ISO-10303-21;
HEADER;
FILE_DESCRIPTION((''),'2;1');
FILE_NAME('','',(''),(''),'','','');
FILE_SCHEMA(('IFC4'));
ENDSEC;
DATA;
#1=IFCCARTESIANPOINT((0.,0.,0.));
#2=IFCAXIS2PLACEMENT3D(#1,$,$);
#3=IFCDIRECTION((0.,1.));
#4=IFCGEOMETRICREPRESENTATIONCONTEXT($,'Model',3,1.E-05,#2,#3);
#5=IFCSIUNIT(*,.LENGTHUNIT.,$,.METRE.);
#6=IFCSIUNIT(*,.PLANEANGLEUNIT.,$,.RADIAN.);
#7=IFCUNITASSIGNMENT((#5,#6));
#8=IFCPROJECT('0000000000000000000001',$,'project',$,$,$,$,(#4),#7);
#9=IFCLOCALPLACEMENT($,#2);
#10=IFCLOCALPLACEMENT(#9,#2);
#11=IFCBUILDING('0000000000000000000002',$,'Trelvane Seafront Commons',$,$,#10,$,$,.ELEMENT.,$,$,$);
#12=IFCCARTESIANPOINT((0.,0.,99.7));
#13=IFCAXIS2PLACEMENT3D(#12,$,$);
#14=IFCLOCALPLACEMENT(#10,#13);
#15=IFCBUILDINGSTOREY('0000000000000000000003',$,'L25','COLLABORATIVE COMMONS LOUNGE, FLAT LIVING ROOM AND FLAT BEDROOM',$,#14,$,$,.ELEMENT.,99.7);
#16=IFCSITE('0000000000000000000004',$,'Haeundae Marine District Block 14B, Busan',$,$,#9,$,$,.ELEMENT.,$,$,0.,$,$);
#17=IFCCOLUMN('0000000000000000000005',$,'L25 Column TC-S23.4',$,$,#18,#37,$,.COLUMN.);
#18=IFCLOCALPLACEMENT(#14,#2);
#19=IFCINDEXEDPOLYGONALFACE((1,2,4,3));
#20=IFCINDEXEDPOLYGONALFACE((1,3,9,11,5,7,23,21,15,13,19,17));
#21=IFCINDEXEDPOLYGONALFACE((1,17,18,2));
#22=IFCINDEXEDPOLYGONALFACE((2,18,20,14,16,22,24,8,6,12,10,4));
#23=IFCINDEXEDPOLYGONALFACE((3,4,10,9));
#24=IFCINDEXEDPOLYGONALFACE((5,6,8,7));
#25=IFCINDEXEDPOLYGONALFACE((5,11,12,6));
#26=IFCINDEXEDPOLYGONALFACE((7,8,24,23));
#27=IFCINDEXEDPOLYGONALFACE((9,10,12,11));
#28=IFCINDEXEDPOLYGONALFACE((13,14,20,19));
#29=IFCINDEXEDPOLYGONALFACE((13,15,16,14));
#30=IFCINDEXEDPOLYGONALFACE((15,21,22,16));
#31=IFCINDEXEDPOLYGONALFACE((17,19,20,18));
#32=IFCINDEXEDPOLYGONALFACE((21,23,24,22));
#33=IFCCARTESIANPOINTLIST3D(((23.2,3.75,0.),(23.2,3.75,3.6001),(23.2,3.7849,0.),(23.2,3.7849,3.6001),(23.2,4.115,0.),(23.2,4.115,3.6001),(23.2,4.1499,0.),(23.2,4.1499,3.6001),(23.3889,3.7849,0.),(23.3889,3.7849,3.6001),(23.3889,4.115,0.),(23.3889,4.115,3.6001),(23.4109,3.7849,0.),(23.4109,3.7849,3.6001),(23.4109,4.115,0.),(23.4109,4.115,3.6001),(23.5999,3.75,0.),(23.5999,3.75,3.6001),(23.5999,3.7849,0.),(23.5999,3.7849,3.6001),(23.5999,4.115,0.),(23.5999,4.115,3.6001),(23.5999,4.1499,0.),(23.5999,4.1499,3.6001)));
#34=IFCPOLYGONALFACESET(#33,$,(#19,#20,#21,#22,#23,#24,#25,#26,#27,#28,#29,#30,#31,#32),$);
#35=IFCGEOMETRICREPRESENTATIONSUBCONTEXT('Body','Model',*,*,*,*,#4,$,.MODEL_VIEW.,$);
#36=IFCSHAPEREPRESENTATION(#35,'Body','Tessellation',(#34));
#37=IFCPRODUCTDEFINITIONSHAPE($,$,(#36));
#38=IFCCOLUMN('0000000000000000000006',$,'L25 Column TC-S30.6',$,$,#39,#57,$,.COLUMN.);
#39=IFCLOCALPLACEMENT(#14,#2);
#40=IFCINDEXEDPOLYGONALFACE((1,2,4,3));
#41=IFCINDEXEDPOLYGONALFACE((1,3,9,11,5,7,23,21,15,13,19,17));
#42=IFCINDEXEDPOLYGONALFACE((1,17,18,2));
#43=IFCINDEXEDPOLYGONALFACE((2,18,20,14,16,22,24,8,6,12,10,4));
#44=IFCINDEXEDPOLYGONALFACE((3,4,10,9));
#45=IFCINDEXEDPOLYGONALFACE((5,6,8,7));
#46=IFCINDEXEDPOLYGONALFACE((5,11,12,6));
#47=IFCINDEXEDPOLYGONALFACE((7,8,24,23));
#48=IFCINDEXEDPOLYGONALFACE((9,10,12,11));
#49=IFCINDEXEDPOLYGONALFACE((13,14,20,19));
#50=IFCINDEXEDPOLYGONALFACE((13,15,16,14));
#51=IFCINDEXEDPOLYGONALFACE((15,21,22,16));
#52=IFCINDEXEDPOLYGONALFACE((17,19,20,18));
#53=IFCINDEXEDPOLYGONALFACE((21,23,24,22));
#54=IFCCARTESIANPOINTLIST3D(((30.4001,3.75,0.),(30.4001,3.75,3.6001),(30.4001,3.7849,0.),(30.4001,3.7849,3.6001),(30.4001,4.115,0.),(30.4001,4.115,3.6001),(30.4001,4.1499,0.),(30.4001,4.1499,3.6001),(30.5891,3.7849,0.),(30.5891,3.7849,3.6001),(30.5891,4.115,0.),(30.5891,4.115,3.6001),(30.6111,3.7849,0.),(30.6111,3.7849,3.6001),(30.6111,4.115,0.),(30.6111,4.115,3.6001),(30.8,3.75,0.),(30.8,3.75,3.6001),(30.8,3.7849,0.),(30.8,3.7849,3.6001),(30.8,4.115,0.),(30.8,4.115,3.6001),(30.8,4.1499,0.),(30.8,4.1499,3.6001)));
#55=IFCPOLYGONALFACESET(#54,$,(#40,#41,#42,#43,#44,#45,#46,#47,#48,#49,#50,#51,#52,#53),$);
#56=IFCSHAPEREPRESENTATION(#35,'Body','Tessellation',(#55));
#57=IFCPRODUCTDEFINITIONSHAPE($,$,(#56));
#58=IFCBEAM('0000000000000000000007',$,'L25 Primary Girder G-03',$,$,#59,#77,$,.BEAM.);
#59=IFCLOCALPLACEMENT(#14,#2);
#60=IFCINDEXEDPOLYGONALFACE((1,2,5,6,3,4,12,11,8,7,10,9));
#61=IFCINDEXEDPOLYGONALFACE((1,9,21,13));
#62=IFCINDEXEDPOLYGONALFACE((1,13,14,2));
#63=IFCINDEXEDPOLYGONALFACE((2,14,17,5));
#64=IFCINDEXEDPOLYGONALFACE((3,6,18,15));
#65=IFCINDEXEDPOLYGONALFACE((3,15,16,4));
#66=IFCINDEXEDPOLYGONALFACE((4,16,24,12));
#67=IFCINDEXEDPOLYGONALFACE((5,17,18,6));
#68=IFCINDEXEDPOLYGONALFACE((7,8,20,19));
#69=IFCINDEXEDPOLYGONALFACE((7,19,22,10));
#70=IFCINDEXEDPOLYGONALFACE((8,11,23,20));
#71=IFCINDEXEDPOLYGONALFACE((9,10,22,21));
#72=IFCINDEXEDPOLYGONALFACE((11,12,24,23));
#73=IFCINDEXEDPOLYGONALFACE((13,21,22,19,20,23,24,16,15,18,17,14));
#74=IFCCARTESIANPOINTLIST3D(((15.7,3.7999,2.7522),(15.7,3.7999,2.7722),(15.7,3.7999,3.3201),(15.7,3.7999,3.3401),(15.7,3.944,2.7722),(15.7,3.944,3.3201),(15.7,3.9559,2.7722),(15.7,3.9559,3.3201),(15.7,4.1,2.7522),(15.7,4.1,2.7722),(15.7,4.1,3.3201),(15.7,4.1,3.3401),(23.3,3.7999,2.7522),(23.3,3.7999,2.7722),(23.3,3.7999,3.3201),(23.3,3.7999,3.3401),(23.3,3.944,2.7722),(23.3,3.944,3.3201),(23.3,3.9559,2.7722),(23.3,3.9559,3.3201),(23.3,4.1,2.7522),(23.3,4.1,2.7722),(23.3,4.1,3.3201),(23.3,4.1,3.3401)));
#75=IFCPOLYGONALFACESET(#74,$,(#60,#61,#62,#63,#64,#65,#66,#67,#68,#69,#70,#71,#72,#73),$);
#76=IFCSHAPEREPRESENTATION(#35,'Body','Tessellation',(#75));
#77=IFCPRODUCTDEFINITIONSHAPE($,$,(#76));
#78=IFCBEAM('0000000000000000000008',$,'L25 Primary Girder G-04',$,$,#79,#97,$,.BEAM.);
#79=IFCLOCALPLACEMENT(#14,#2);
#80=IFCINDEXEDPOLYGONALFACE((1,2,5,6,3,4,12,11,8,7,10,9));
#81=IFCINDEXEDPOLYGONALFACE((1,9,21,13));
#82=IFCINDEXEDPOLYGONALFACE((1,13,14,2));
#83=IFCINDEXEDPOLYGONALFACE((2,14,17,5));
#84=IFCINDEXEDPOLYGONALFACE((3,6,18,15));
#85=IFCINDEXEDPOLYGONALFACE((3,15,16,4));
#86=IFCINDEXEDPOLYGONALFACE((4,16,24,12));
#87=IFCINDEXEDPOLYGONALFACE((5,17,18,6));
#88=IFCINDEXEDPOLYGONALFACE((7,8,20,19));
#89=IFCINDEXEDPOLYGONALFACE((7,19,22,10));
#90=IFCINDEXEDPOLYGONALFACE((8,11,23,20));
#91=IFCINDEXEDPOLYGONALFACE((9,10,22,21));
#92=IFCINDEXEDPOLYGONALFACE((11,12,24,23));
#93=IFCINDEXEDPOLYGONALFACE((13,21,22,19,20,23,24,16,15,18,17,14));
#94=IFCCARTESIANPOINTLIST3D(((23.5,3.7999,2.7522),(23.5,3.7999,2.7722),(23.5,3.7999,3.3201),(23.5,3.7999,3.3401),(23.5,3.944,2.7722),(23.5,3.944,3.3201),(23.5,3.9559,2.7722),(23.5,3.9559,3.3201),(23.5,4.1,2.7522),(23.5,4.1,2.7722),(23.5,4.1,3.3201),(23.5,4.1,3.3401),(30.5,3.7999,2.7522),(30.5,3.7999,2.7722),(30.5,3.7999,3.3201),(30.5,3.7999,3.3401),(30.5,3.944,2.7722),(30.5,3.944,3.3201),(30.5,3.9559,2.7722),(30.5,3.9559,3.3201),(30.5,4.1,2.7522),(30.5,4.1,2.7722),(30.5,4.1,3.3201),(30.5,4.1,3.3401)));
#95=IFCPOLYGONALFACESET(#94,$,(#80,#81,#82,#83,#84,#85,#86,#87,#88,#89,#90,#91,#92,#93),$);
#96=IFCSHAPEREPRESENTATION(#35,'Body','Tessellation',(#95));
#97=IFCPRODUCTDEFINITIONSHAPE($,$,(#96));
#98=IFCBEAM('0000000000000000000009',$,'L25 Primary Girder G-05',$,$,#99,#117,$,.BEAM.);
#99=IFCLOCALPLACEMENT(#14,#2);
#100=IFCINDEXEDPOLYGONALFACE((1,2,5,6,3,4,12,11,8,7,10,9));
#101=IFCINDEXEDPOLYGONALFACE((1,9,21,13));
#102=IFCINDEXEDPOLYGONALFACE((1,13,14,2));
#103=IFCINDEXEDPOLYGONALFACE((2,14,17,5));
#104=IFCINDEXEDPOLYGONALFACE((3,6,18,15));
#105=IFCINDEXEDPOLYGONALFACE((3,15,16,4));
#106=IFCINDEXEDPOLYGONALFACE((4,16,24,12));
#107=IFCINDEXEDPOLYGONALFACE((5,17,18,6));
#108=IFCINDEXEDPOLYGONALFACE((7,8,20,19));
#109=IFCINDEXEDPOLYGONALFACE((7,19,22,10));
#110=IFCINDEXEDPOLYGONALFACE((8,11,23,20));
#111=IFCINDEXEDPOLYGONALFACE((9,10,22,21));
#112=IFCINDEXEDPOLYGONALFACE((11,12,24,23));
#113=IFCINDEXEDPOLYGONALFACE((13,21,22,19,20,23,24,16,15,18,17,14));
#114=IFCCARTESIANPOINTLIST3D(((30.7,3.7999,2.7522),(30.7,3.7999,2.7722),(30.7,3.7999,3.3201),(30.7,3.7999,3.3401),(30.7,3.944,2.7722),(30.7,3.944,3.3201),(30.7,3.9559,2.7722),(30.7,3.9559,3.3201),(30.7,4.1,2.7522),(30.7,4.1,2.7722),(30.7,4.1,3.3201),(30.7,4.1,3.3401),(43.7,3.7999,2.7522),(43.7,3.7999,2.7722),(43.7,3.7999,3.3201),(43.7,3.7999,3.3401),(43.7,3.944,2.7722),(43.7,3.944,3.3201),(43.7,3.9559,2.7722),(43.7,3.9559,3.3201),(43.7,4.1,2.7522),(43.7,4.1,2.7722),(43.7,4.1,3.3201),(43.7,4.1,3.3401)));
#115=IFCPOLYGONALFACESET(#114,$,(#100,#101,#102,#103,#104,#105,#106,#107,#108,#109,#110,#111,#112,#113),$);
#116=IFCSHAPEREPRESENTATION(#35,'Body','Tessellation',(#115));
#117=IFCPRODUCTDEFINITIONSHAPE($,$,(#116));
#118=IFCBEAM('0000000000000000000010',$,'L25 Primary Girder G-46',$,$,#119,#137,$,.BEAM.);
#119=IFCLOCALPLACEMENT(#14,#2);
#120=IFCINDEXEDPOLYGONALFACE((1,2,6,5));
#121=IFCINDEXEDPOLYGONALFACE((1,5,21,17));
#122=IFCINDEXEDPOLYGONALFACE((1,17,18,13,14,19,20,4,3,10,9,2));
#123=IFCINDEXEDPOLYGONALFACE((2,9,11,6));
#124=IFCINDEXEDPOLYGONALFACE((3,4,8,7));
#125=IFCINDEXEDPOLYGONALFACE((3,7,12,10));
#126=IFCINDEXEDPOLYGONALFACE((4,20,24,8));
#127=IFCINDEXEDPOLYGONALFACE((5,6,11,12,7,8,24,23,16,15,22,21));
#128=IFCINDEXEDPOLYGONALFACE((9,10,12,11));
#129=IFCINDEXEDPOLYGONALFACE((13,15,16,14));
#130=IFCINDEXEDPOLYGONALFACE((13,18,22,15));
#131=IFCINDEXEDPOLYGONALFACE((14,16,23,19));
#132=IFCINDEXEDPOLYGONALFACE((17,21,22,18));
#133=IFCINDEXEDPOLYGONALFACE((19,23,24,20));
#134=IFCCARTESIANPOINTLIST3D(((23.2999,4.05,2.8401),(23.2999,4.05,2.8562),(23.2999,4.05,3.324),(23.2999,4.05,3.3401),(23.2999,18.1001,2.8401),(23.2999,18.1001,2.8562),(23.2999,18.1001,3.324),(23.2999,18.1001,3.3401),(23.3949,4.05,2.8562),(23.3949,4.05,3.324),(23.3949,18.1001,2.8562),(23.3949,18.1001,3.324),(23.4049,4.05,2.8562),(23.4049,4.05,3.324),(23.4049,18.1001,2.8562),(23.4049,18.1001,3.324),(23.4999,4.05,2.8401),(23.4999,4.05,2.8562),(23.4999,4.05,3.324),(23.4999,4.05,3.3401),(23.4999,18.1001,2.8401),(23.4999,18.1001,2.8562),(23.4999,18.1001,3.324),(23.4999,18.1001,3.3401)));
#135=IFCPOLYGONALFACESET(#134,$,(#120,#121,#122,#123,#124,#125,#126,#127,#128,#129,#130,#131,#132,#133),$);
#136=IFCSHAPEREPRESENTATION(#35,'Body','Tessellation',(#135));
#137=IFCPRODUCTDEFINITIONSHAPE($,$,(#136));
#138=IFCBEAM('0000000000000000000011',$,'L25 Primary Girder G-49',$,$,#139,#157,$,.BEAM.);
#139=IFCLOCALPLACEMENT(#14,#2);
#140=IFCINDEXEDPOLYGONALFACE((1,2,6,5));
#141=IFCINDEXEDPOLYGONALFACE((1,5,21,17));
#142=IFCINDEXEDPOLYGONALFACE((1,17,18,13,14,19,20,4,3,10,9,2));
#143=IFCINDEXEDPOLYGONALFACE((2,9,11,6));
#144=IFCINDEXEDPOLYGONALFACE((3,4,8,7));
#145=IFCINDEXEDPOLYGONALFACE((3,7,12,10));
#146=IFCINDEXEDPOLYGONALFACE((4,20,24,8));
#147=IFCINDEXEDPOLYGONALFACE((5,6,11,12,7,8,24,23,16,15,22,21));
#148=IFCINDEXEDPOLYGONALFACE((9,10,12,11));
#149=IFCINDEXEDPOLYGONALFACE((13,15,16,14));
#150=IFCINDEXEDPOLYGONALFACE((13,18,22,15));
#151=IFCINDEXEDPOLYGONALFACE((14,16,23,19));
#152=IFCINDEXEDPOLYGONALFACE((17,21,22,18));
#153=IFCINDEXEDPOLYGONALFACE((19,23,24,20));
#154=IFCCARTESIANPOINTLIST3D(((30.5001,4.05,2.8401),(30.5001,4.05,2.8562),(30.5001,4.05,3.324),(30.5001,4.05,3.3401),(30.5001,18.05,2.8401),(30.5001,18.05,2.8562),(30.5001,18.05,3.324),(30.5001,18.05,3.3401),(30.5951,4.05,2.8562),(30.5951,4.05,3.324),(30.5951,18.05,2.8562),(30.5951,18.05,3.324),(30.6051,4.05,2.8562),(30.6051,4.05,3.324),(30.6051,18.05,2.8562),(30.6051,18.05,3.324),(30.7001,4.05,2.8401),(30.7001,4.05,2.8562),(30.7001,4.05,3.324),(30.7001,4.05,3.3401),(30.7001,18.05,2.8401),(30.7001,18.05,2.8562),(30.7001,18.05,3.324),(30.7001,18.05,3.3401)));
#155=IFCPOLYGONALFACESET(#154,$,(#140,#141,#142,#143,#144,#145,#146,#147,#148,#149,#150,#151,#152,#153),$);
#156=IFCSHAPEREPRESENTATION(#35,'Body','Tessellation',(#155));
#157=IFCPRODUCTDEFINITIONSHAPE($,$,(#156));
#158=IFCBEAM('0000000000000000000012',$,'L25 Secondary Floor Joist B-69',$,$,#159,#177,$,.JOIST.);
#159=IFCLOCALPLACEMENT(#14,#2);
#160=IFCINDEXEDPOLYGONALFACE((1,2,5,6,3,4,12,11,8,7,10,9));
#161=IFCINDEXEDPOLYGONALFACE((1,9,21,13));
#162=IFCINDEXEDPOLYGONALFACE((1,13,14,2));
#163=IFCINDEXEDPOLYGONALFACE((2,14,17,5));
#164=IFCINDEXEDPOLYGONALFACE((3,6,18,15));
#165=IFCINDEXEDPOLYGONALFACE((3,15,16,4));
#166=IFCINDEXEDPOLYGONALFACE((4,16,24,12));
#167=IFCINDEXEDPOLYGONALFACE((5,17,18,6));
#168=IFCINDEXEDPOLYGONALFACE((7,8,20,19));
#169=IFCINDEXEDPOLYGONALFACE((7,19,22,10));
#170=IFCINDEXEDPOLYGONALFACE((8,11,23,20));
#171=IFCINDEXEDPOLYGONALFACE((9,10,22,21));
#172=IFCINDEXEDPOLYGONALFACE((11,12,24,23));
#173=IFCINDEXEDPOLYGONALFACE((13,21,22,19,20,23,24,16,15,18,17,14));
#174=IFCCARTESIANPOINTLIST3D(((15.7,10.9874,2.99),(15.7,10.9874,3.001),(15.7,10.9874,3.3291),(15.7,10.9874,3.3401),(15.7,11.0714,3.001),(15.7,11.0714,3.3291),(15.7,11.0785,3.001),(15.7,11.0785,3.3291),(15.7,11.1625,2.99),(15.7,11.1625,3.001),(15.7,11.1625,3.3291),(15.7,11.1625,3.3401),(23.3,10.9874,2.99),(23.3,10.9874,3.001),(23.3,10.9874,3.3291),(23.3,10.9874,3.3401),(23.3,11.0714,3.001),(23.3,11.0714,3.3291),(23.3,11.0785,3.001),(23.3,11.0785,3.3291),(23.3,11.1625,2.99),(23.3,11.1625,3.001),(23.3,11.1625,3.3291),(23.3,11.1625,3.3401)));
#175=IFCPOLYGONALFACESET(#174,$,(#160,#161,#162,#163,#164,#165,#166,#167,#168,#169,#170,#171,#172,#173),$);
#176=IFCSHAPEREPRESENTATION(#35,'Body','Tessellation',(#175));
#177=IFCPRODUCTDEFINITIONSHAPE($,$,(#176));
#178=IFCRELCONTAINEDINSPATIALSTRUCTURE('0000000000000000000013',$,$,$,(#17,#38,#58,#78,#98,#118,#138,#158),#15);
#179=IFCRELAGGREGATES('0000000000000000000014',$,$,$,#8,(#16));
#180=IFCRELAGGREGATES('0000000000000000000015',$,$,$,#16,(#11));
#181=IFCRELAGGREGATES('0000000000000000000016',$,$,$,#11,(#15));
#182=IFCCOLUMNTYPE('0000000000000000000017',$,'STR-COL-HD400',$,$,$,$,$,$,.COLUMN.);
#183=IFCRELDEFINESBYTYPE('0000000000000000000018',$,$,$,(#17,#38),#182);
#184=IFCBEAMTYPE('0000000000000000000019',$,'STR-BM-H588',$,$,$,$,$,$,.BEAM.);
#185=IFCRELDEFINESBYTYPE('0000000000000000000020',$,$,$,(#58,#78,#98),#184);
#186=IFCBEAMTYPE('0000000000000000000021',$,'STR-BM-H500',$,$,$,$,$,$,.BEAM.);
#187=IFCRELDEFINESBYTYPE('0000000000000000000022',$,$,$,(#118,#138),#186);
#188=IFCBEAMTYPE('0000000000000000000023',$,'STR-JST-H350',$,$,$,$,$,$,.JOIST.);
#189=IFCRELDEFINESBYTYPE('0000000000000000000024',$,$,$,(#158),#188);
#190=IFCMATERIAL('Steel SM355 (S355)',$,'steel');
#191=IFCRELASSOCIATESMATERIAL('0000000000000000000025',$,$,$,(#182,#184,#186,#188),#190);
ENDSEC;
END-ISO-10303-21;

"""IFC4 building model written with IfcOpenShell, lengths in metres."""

from ifc_helpers import new_model, si_unit, direction, frame, origin, origin_2d, place, context, subcontext, project, spatial, i_section, extrude, source, transform, mapped, material, material_profile, profile_set, type_object, element, save


model = new_model("IFC4")

# Units and contexts
model_context = context("Model", 3, precision=1e-05, world=origin(), true_north=direction((0.0, 1.0)))
body_context = subcontext(model_context, "Body", "Model", "MODEL_VIEW")
ifc_project = project(units=[si_unit("LENGTHUNIT", "METRE"), si_unit("PLANEANGLEUNIT", "RADIAN")], contexts=[model_context])

# Site, building, storey
site_placement = place(None, origin())
site = spatial("IfcSite", under=ifc_project, at=site_placement, Name="Haeundae Marine District Block 14B, Busan", CompositionType="ELEMENT", RefElevation=0.0)
building_placement = place(site_placement, origin())
building = spatial("IfcBuilding", under=site, at=building_placement, Name="Trelvane Seafront Commons", CompositionType="ELEMENT")
storey_placement = place(building_placement, frame((0.0, 0.0, 99.7)))
storey = spatial("IfcBuildingStorey", under=building, at=storey_placement, Name="L25", Description="COLLABORATIVE COMMONS LOUNGE, FLAT LIVING ROOM AND FLAT BEDROOM", CompositionType="ELEMENT", Elevation=99.7)

# Columns
ifc_material_1 = material(Name="Steel SM355 (S355)", Category="steel")
ifc_material_profile_1 = material_profile(ifc_material_1, i_section(OverallWidth=0.3999, OverallDepth=0.3999, WebThickness=0.022, FlangeThickness=0.0349, at=origin_2d()), Name="HD-400x400x22x35")
ifc_profile_set_1 = profile_set([ifc_material_profile_1], Name="Steel SM355 (S355)")
column_type = type_object("IfcColumnType", Name="STR-COL-HD400", PredefinedType="COLUMN", material=ifc_profile_set_1)
shared_shape_1 = source(origin(), body_context, "Body", "SweptSolid", [
    extrude(i_section(OverallWidth=0.3999, OverallDepth=0.3999, WebThickness=0.022, FlangeThickness=0.0349, at=origin_2d()), origin(), (0.0, 0.0, 1.0), 3.6001),
])
for number, where, z_axis, x_axis, name in (
    (1, (23.3999, 3.95, 0.0), (0.0, 0.0, 1.0), (1.0, 0.0, 0.0), "L25 Column TC-S23.4"),
    (2, (30.6001, 3.95, 0.0), (0.0, 0.0, 1.0), (1.0, 0.0, 0.0), "L25 Column TC-S30.6"),
):
    element("IfcColumn", number, at=place(storey_placement, frame(where, z_axis=z_axis, x_axis=x_axis)), inside=storey, type_object=column_type, Name=name, PredefinedType="COLUMN", context=body_context, shape_type="MappedRepresentation", body=[
        mapped(shared_shape_1, transform((0.0, 0.0, 0.0), x_axis=(1.0, 0.0, 0.0), y_axis=(0.0, 1.0, 0.0), z_axis=(0.0, 0.0, 1.0), scale=1.0)),
    ])

# Beams
ifc_material_profile_2 = material_profile(ifc_material_1, i_section(OverallWidth=0.3, OverallDepth=0.5879, WebThickness=0.012, FlangeThickness=0.02, at=origin_2d()), Name="H-588x300x12x20")
ifc_profile_set_2 = profile_set([ifc_material_profile_2], Name="Steel SM355 (S355)")
beam_type_1 = type_object("IfcBeamType", Name="STR-BM-H588", PredefinedType="BEAM", material=ifc_profile_set_2)
shared_shape_2 = source(origin(), body_context, "Body", "SweptSolid", [
    extrude(i_section(OverallWidth=0.3, OverallDepth=0.5879, WebThickness=0.012, FlangeThickness=0.02, at=origin_2d()), origin(), (0.0, 0.0, 1.0), 7.6001),
])
beam_1_placement = place(storey_placement, frame((15.7, 3.95, 3.0461), z_axis=(1.0, 0.0, 0.0), x_axis=(0.0, 1.0, 0.0)))
element("IfcBeam", 3, at=beam_1_placement, inside=storey, type_object=beam_type_1, Name="L25 Primary Girder G-03", PredefinedType="BEAM", context=body_context, shape_type="MappedRepresentation", body=[
    mapped(shared_shape_2, transform((0.0, 0.0, 0.0), x_axis=(1.0, 0.0, 0.0), y_axis=(0.0, 1.0, 0.0), z_axis=(0.0, 0.0, 1.0), scale=1.0)),
])
shared_shape_3 = source(origin(), body_context, "Body", "SweptSolid", [
    extrude(i_section(OverallWidth=0.3, OverallDepth=0.5879, WebThickness=0.012, FlangeThickness=0.02, at=origin_2d()), origin(), (0.0, 0.0, 1.0), 7.0),
])
beam_2_placement = place(storey_placement, frame((23.5, 3.95, 3.0461), z_axis=(1.0, 0.0, 0.0), x_axis=(0.0, 1.0, 0.0)))
element("IfcBeam", 4, at=beam_2_placement, inside=storey, type_object=beam_type_1, Name="L25 Primary Girder G-04", PredefinedType="BEAM", context=body_context, shape_type="MappedRepresentation", body=[
    mapped(shared_shape_3, transform((0.0, 0.0, 0.0), x_axis=(1.0, 0.0, 0.0), y_axis=(0.0, 1.0, 0.0), z_axis=(0.0, 0.0, 1.0), scale=1.0)),
])
shared_shape_4 = source(origin(), body_context, "Body", "SweptSolid", [
    extrude(i_section(OverallWidth=0.3, OverallDepth=0.5879, WebThickness=0.012, FlangeThickness=0.02, at=origin_2d()), origin(), (0.0, 0.0, 1.0), 13.0),
])
beam_3_placement = place(storey_placement, frame((30.7, 3.95, 3.0461), z_axis=(1.0, 0.0, 0.0), x_axis=(0.0, 1.0, 0.0)))
element("IfcBeam", 5, at=beam_3_placement, inside=storey, type_object=beam_type_1, Name="L25 Primary Girder G-05", PredefinedType="BEAM", context=body_context, shape_type="MappedRepresentation", body=[
    mapped(shared_shape_4, transform((0.0, 0.0, 0.0), x_axis=(1.0, 0.0, 0.0), y_axis=(0.0, 1.0, 0.0), z_axis=(0.0, 0.0, 1.0), scale=1.0)),
])
ifc_material_profile_3 = material_profile(ifc_material_1, i_section(OverallWidth=0.2, OverallDepth=0.5, WebThickness=0.01, FlangeThickness=0.0161, at=origin_2d()), Name="H-500x200x10x16")
ifc_profile_set_3 = profile_set([ifc_material_profile_3], Name="Steel SM355 (S355)")
beam_type_2 = type_object("IfcBeamType", Name="STR-BM-H500", PredefinedType="BEAM", material=ifc_profile_set_3)
shared_shape_5 = source(origin(), body_context, "Body", "SweptSolid", [
    extrude(i_section(OverallWidth=0.2, OverallDepth=0.5, WebThickness=0.01, FlangeThickness=0.0161, at=origin_2d()), origin(), (0.0, 0.0, 1.0), 14.05),
])
beam_4_placement = place(storey_placement, frame((23.3999, 4.05, 3.0901), z_axis=(0.0, 1.0, 0.0), x_axis=(-1.0, 0.0, 0.0)))
element("IfcBeam", 6, at=beam_4_placement, inside=storey, type_object=beam_type_2, Name="L25 Primary Girder G-46", PredefinedType="BEAM", context=body_context, shape_type="MappedRepresentation", body=[
    mapped(shared_shape_5, transform((0.0, 0.0, 0.0), x_axis=(1.0, 0.0, 0.0), y_axis=(0.0, 1.0, 0.0), z_axis=(0.0, 0.0, 1.0), scale=1.0)),
])
shared_shape_6 = source(origin(), body_context, "Body", "SweptSolid", [
    extrude(i_section(OverallWidth=0.2, OverallDepth=0.5, WebThickness=0.01, FlangeThickness=0.0161, at=origin_2d()), origin(), (0.0, 0.0, 1.0), 14.0),
])
beam_5_placement = place(storey_placement, frame((30.6001, 4.05, 3.0901), z_axis=(0.0, 1.0, 0.0), x_axis=(-1.0, 0.0, 0.0)))
element("IfcBeam", 7, at=beam_5_placement, inside=storey, type_object=beam_type_2, Name="L25 Primary Girder G-49", PredefinedType="BEAM", context=body_context, shape_type="MappedRepresentation", body=[
    mapped(shared_shape_6, transform((0.0, 0.0, 0.0), x_axis=(1.0, 0.0, 0.0), y_axis=(0.0, 1.0, 0.0), z_axis=(0.0, 0.0, 1.0), scale=1.0)),
])
ifc_material_profile_4 = material_profile(ifc_material_1, i_section(OverallWidth=0.175, OverallDepth=0.3501, WebThickness=0.0071, FlangeThickness=0.011, at=origin_2d()), Name="H-350x175x7x11")
ifc_profile_set_4 = profile_set([ifc_material_profile_4], Name="Steel SM355 (S355)")
beam_type_3 = type_object("IfcBeamType", Name="STR-JST-H350", PredefinedType="JOIST", material=ifc_profile_set_4)
shared_shape_7 = source(origin(), body_context, "Body", "SweptSolid", [
    extrude(i_section(OverallWidth=0.175, OverallDepth=0.3501, WebThickness=0.0071, FlangeThickness=0.011, at=origin_2d()), origin(), (0.0, 0.0, 1.0), 7.6001),
])
beam_6_placement = place(storey_placement, frame((15.7, 11.075, 3.165), z_axis=(1.0, 0.0, 0.0), x_axis=(0.0, 1.0, 0.0)))
element("IfcBeam", 8, at=beam_6_placement, inside=storey, type_object=beam_type_3, Name="L25 Secondary Floor Joist B-69", PredefinedType="JOIST", context=body_context, shape_type="MappedRepresentation", body=[
    mapped(shared_shape_7, transform((0.0, 0.0, 0.0), x_axis=(1.0, 0.0, 0.0), y_axis=(0.0, 1.0, 0.0), z_axis=(0.0, 0.0, 1.0), scale=1.0)),
])

save(model, "model.ifc")
